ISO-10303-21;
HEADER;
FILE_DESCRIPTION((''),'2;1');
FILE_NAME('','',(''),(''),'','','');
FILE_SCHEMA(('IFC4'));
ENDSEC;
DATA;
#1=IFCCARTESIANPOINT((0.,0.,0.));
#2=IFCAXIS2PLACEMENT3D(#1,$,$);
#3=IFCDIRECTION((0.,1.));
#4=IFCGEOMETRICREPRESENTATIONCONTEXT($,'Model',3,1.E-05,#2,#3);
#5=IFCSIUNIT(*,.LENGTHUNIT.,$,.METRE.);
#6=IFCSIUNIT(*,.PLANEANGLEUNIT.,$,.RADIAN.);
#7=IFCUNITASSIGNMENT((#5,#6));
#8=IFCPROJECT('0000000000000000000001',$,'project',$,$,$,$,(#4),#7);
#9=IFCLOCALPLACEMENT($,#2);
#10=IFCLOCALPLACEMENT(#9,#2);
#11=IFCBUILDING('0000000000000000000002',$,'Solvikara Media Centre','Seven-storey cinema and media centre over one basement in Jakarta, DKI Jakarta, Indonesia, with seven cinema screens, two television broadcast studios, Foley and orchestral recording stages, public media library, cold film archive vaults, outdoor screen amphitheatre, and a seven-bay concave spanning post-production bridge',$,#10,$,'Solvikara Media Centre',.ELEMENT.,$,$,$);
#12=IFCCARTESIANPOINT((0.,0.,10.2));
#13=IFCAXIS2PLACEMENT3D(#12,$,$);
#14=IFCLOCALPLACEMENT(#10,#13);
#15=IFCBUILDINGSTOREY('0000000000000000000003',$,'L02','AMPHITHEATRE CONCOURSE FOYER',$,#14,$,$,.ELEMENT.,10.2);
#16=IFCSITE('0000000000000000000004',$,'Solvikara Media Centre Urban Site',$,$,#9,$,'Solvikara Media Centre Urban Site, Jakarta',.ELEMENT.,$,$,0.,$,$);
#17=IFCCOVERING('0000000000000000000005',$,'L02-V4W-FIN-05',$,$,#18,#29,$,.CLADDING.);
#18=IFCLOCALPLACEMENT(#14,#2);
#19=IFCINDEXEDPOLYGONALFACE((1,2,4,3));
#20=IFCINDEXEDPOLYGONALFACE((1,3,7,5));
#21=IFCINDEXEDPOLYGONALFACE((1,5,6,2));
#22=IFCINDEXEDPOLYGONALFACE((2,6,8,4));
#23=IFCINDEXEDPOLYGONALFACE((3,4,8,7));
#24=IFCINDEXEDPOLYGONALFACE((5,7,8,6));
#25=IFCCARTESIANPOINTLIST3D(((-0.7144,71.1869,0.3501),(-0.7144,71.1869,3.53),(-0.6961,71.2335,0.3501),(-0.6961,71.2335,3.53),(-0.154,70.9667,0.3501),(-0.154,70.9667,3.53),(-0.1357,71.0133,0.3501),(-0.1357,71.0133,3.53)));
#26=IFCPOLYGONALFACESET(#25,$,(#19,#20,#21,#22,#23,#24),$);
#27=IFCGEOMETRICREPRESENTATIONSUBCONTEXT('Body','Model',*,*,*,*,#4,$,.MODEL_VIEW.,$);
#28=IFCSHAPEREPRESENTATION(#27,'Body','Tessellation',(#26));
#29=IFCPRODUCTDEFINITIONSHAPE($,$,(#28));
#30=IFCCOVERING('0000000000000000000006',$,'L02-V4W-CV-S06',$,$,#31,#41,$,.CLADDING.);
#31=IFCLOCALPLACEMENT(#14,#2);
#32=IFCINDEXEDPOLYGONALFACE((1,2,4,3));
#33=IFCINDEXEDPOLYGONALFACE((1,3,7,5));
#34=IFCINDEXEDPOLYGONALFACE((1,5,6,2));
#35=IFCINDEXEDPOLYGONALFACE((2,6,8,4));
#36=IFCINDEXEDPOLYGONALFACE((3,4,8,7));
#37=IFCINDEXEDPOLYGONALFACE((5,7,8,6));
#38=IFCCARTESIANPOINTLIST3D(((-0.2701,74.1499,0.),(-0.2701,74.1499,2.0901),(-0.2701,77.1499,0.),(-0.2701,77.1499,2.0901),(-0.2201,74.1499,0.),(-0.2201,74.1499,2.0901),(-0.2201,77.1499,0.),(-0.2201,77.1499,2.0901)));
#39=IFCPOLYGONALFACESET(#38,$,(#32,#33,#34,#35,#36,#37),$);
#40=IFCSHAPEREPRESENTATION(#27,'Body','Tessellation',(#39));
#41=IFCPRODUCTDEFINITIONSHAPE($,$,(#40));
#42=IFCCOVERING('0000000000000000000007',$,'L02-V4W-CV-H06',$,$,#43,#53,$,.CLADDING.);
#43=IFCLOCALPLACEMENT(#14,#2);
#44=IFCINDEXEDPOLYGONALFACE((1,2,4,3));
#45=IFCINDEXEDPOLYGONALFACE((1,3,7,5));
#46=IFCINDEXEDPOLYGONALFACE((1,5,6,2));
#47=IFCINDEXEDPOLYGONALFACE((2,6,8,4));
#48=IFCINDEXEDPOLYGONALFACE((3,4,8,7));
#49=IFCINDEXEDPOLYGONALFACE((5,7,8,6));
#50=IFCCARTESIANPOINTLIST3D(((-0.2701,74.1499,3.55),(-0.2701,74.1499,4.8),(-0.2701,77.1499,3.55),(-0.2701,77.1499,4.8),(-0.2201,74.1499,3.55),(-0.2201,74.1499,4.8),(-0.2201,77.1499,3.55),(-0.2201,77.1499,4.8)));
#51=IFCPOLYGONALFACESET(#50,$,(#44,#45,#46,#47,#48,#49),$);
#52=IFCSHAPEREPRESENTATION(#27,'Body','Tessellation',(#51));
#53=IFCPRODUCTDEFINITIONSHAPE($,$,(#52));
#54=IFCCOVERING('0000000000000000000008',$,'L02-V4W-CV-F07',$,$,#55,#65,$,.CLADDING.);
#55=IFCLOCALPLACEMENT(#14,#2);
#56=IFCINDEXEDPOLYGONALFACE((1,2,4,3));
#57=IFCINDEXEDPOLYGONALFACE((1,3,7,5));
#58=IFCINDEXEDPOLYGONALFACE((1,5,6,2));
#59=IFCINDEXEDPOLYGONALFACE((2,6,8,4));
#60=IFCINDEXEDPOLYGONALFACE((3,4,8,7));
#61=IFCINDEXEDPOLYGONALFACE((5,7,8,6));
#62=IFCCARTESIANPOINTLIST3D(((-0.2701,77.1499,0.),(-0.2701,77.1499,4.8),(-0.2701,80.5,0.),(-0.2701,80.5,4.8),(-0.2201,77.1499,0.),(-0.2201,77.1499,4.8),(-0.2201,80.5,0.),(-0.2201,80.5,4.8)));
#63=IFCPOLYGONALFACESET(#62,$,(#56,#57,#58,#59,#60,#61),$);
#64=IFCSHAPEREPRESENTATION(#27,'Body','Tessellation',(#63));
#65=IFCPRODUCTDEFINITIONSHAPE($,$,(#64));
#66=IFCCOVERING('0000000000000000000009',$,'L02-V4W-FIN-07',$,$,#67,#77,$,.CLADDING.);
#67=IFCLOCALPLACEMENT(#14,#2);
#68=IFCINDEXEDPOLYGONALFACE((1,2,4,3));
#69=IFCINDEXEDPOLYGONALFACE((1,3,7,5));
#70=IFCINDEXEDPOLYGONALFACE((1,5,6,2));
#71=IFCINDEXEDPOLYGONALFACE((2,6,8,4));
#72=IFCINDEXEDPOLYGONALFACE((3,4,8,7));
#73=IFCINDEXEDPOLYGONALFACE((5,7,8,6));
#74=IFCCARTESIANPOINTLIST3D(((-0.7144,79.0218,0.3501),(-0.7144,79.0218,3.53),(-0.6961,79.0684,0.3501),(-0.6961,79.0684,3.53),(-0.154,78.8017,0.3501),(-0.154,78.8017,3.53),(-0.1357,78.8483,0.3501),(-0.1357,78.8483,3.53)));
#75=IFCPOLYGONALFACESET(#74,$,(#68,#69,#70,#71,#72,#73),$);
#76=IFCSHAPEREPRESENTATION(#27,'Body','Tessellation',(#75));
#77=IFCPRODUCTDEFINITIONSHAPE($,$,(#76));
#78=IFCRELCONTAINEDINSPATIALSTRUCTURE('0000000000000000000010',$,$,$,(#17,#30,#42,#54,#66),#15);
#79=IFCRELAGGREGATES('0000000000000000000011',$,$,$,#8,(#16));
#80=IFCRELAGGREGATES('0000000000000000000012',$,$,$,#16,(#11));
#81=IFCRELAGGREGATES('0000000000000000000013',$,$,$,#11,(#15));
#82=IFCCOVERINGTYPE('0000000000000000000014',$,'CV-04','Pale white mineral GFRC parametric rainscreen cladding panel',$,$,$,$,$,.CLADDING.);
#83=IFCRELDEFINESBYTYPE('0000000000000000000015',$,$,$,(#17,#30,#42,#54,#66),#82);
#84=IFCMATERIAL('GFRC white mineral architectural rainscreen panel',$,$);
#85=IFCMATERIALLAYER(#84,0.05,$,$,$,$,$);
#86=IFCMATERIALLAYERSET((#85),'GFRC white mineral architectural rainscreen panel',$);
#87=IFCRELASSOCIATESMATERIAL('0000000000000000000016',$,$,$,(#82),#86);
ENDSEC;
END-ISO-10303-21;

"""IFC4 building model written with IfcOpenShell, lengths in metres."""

from ifc_helpers import new_model, si_unit, direction, frame, origin, origin_2d, place, context, subcontext, project, spatial, rectangle, extrude, material, layer, layer_set, type_object, element, save


model = new_model("IFC4")

# Units and contexts
model_context = context("Model", 3, precision=1e-05, world=origin(), true_north=direction((0.0, 1.0)))
body_context = subcontext(model_context, "Body", "Model", "MODEL_VIEW")
ifc_project = project(units=[si_unit("LENGTHUNIT", "METRE"), si_unit("PLANEANGLEUNIT", "RADIAN")], contexts=[model_context])

# Site, building, storey
site_placement = place(None, origin())
site = spatial("IfcSite", under=ifc_project, at=site_placement, Name="Solvikara Media Centre Urban Site", LongName="Solvikara Media Centre Urban Site, Jakarta", CompositionType="ELEMENT", RefElevation=0.0)
building_placement = place(site_placement, origin())
building = spatial("IfcBuilding", under=site, at=building_placement, Name="Solvikara Media Centre", Description="Seven-storey cinema and media centre over one basement in Jakarta, DKI Jakarta, Indonesia, with seven cinema screens, two television broadcast studios, Foley and orchestral recording stages, public media library, cold film archive vaults, outdoor screen amphitheatre, and a seven-bay concave spanning post-production bridge", LongName="Solvikara Media Centre", CompositionType="ELEMENT")
storey_placement = place(building_placement, frame((0.0, 0.0, 10.2)))
storey = spatial("IfcBuildingStorey", under=building, at=storey_placement, Name="L02", Description="AMPHITHEATRE CONCOURSE FOYER", CompositionType="ELEMENT", Elevation=10.2)

# Coverings
ifc_material_1 = material(Name="GFRC white mineral architectural rainscreen panel")
ifc_layer_1 = layer(ifc_material_1, 0.05)
ifc_layer_set_1 = layer_set([ifc_layer_1], Name="GFRC white mineral architectural rainscreen panel")
covering_type = type_object("IfcCoveringType", Name="CV-04", Description="Pale white mineral GFRC parametric rainscreen cladding panel", PredefinedType="CLADDING", material=ifc_layer_set_1)
covering_1_placement = place(storey_placement, frame((-0.425, 71.1001, 0.3501), z_axis=(0.0, 0.0, 1.0), x_axis=(-0.93075, 0.365657, 0.0)))
element("IfcCovering", 1, at=covering_1_placement, inside=storey, type_object=covering_type, Name="L02-V4W-FIN-05", PredefinedType="CLADDING", context=body_context, shape_type="SweptSolid", body=[
    extrude(rectangle(XDim=0.6021, YDim=0.05, at=origin_2d()), origin(), (0.0, 0.0, 1.0), 3.1799),
])
covering_2_placement = place(storey_placement, frame((-0.2451, 75.6499, 0.0), z_axis=(0.0, 0.0, 1.0), x_axis=(0.0, 1.0, 0.0)))
element("IfcCovering", 2, at=covering_2_placement, inside=storey, type_object=covering_type, Name="L02-V4W-CV-S06", PredefinedType="CLADDING", context=body_context, shape_type="SweptSolid", body=[
    extrude(rectangle(XDim=3.0, YDim=0.05, at=origin_2d()), origin(), (0.0, 0.0, 1.0), 2.0901),
])
covering_3_placement = place(storey_placement, frame((-0.2451, 75.6499, 3.55), z_axis=(0.0, 0.0, 1.0), x_axis=(0.0, 1.0, 0.0)))
element("IfcCovering", 3, at=covering_3_placement, inside=storey, type_object=covering_type, Name="L02-V4W-CV-H06", PredefinedType="CLADDING", context=body_context, shape_type="SweptSolid", body=[
    extrude(rectangle(XDim=3.0, YDim=0.05, at=origin_2d()), origin(), (0.0, 0.0, 1.0), 1.25),
])
covering_4_placement = place(storey_placement, frame((-0.2451, 78.825, 0.0), z_axis=(0.0, 0.0, 1.0), x_axis=(0.0, 1.0, 0.0)))
element("IfcCovering", 4, at=covering_4_placement, inside=storey, type_object=covering_type, Name="L02-V4W-CV-F07", PredefinedType="CLADDING", context=body_context, shape_type="SweptSolid", body=[
    extrude(rectangle(XDim=3.3501, YDim=0.05, at=origin_2d()), origin(), (0.0, 0.0, 1.0), 4.8),
])
covering_5_placement = place(storey_placement, frame((-0.425, 78.9351, 0.3501), z_axis=(0.0, 0.0, 1.0), x_axis=(-0.93075, 0.365657, 0.0)))
element("IfcCovering", 5, at=covering_5_placement, inside=storey, type_object=covering_type, Name="L02-V4W-FIN-07", PredefinedType="CLADDING", context=body_context, shape_type="SweptSolid", body=[
    extrude(rectangle(XDim=0.6021, YDim=0.05, at=origin_2d()), origin(), (0.0, 0.0, 1.0), 3.1799),
])

save(model, "model.ifc")
